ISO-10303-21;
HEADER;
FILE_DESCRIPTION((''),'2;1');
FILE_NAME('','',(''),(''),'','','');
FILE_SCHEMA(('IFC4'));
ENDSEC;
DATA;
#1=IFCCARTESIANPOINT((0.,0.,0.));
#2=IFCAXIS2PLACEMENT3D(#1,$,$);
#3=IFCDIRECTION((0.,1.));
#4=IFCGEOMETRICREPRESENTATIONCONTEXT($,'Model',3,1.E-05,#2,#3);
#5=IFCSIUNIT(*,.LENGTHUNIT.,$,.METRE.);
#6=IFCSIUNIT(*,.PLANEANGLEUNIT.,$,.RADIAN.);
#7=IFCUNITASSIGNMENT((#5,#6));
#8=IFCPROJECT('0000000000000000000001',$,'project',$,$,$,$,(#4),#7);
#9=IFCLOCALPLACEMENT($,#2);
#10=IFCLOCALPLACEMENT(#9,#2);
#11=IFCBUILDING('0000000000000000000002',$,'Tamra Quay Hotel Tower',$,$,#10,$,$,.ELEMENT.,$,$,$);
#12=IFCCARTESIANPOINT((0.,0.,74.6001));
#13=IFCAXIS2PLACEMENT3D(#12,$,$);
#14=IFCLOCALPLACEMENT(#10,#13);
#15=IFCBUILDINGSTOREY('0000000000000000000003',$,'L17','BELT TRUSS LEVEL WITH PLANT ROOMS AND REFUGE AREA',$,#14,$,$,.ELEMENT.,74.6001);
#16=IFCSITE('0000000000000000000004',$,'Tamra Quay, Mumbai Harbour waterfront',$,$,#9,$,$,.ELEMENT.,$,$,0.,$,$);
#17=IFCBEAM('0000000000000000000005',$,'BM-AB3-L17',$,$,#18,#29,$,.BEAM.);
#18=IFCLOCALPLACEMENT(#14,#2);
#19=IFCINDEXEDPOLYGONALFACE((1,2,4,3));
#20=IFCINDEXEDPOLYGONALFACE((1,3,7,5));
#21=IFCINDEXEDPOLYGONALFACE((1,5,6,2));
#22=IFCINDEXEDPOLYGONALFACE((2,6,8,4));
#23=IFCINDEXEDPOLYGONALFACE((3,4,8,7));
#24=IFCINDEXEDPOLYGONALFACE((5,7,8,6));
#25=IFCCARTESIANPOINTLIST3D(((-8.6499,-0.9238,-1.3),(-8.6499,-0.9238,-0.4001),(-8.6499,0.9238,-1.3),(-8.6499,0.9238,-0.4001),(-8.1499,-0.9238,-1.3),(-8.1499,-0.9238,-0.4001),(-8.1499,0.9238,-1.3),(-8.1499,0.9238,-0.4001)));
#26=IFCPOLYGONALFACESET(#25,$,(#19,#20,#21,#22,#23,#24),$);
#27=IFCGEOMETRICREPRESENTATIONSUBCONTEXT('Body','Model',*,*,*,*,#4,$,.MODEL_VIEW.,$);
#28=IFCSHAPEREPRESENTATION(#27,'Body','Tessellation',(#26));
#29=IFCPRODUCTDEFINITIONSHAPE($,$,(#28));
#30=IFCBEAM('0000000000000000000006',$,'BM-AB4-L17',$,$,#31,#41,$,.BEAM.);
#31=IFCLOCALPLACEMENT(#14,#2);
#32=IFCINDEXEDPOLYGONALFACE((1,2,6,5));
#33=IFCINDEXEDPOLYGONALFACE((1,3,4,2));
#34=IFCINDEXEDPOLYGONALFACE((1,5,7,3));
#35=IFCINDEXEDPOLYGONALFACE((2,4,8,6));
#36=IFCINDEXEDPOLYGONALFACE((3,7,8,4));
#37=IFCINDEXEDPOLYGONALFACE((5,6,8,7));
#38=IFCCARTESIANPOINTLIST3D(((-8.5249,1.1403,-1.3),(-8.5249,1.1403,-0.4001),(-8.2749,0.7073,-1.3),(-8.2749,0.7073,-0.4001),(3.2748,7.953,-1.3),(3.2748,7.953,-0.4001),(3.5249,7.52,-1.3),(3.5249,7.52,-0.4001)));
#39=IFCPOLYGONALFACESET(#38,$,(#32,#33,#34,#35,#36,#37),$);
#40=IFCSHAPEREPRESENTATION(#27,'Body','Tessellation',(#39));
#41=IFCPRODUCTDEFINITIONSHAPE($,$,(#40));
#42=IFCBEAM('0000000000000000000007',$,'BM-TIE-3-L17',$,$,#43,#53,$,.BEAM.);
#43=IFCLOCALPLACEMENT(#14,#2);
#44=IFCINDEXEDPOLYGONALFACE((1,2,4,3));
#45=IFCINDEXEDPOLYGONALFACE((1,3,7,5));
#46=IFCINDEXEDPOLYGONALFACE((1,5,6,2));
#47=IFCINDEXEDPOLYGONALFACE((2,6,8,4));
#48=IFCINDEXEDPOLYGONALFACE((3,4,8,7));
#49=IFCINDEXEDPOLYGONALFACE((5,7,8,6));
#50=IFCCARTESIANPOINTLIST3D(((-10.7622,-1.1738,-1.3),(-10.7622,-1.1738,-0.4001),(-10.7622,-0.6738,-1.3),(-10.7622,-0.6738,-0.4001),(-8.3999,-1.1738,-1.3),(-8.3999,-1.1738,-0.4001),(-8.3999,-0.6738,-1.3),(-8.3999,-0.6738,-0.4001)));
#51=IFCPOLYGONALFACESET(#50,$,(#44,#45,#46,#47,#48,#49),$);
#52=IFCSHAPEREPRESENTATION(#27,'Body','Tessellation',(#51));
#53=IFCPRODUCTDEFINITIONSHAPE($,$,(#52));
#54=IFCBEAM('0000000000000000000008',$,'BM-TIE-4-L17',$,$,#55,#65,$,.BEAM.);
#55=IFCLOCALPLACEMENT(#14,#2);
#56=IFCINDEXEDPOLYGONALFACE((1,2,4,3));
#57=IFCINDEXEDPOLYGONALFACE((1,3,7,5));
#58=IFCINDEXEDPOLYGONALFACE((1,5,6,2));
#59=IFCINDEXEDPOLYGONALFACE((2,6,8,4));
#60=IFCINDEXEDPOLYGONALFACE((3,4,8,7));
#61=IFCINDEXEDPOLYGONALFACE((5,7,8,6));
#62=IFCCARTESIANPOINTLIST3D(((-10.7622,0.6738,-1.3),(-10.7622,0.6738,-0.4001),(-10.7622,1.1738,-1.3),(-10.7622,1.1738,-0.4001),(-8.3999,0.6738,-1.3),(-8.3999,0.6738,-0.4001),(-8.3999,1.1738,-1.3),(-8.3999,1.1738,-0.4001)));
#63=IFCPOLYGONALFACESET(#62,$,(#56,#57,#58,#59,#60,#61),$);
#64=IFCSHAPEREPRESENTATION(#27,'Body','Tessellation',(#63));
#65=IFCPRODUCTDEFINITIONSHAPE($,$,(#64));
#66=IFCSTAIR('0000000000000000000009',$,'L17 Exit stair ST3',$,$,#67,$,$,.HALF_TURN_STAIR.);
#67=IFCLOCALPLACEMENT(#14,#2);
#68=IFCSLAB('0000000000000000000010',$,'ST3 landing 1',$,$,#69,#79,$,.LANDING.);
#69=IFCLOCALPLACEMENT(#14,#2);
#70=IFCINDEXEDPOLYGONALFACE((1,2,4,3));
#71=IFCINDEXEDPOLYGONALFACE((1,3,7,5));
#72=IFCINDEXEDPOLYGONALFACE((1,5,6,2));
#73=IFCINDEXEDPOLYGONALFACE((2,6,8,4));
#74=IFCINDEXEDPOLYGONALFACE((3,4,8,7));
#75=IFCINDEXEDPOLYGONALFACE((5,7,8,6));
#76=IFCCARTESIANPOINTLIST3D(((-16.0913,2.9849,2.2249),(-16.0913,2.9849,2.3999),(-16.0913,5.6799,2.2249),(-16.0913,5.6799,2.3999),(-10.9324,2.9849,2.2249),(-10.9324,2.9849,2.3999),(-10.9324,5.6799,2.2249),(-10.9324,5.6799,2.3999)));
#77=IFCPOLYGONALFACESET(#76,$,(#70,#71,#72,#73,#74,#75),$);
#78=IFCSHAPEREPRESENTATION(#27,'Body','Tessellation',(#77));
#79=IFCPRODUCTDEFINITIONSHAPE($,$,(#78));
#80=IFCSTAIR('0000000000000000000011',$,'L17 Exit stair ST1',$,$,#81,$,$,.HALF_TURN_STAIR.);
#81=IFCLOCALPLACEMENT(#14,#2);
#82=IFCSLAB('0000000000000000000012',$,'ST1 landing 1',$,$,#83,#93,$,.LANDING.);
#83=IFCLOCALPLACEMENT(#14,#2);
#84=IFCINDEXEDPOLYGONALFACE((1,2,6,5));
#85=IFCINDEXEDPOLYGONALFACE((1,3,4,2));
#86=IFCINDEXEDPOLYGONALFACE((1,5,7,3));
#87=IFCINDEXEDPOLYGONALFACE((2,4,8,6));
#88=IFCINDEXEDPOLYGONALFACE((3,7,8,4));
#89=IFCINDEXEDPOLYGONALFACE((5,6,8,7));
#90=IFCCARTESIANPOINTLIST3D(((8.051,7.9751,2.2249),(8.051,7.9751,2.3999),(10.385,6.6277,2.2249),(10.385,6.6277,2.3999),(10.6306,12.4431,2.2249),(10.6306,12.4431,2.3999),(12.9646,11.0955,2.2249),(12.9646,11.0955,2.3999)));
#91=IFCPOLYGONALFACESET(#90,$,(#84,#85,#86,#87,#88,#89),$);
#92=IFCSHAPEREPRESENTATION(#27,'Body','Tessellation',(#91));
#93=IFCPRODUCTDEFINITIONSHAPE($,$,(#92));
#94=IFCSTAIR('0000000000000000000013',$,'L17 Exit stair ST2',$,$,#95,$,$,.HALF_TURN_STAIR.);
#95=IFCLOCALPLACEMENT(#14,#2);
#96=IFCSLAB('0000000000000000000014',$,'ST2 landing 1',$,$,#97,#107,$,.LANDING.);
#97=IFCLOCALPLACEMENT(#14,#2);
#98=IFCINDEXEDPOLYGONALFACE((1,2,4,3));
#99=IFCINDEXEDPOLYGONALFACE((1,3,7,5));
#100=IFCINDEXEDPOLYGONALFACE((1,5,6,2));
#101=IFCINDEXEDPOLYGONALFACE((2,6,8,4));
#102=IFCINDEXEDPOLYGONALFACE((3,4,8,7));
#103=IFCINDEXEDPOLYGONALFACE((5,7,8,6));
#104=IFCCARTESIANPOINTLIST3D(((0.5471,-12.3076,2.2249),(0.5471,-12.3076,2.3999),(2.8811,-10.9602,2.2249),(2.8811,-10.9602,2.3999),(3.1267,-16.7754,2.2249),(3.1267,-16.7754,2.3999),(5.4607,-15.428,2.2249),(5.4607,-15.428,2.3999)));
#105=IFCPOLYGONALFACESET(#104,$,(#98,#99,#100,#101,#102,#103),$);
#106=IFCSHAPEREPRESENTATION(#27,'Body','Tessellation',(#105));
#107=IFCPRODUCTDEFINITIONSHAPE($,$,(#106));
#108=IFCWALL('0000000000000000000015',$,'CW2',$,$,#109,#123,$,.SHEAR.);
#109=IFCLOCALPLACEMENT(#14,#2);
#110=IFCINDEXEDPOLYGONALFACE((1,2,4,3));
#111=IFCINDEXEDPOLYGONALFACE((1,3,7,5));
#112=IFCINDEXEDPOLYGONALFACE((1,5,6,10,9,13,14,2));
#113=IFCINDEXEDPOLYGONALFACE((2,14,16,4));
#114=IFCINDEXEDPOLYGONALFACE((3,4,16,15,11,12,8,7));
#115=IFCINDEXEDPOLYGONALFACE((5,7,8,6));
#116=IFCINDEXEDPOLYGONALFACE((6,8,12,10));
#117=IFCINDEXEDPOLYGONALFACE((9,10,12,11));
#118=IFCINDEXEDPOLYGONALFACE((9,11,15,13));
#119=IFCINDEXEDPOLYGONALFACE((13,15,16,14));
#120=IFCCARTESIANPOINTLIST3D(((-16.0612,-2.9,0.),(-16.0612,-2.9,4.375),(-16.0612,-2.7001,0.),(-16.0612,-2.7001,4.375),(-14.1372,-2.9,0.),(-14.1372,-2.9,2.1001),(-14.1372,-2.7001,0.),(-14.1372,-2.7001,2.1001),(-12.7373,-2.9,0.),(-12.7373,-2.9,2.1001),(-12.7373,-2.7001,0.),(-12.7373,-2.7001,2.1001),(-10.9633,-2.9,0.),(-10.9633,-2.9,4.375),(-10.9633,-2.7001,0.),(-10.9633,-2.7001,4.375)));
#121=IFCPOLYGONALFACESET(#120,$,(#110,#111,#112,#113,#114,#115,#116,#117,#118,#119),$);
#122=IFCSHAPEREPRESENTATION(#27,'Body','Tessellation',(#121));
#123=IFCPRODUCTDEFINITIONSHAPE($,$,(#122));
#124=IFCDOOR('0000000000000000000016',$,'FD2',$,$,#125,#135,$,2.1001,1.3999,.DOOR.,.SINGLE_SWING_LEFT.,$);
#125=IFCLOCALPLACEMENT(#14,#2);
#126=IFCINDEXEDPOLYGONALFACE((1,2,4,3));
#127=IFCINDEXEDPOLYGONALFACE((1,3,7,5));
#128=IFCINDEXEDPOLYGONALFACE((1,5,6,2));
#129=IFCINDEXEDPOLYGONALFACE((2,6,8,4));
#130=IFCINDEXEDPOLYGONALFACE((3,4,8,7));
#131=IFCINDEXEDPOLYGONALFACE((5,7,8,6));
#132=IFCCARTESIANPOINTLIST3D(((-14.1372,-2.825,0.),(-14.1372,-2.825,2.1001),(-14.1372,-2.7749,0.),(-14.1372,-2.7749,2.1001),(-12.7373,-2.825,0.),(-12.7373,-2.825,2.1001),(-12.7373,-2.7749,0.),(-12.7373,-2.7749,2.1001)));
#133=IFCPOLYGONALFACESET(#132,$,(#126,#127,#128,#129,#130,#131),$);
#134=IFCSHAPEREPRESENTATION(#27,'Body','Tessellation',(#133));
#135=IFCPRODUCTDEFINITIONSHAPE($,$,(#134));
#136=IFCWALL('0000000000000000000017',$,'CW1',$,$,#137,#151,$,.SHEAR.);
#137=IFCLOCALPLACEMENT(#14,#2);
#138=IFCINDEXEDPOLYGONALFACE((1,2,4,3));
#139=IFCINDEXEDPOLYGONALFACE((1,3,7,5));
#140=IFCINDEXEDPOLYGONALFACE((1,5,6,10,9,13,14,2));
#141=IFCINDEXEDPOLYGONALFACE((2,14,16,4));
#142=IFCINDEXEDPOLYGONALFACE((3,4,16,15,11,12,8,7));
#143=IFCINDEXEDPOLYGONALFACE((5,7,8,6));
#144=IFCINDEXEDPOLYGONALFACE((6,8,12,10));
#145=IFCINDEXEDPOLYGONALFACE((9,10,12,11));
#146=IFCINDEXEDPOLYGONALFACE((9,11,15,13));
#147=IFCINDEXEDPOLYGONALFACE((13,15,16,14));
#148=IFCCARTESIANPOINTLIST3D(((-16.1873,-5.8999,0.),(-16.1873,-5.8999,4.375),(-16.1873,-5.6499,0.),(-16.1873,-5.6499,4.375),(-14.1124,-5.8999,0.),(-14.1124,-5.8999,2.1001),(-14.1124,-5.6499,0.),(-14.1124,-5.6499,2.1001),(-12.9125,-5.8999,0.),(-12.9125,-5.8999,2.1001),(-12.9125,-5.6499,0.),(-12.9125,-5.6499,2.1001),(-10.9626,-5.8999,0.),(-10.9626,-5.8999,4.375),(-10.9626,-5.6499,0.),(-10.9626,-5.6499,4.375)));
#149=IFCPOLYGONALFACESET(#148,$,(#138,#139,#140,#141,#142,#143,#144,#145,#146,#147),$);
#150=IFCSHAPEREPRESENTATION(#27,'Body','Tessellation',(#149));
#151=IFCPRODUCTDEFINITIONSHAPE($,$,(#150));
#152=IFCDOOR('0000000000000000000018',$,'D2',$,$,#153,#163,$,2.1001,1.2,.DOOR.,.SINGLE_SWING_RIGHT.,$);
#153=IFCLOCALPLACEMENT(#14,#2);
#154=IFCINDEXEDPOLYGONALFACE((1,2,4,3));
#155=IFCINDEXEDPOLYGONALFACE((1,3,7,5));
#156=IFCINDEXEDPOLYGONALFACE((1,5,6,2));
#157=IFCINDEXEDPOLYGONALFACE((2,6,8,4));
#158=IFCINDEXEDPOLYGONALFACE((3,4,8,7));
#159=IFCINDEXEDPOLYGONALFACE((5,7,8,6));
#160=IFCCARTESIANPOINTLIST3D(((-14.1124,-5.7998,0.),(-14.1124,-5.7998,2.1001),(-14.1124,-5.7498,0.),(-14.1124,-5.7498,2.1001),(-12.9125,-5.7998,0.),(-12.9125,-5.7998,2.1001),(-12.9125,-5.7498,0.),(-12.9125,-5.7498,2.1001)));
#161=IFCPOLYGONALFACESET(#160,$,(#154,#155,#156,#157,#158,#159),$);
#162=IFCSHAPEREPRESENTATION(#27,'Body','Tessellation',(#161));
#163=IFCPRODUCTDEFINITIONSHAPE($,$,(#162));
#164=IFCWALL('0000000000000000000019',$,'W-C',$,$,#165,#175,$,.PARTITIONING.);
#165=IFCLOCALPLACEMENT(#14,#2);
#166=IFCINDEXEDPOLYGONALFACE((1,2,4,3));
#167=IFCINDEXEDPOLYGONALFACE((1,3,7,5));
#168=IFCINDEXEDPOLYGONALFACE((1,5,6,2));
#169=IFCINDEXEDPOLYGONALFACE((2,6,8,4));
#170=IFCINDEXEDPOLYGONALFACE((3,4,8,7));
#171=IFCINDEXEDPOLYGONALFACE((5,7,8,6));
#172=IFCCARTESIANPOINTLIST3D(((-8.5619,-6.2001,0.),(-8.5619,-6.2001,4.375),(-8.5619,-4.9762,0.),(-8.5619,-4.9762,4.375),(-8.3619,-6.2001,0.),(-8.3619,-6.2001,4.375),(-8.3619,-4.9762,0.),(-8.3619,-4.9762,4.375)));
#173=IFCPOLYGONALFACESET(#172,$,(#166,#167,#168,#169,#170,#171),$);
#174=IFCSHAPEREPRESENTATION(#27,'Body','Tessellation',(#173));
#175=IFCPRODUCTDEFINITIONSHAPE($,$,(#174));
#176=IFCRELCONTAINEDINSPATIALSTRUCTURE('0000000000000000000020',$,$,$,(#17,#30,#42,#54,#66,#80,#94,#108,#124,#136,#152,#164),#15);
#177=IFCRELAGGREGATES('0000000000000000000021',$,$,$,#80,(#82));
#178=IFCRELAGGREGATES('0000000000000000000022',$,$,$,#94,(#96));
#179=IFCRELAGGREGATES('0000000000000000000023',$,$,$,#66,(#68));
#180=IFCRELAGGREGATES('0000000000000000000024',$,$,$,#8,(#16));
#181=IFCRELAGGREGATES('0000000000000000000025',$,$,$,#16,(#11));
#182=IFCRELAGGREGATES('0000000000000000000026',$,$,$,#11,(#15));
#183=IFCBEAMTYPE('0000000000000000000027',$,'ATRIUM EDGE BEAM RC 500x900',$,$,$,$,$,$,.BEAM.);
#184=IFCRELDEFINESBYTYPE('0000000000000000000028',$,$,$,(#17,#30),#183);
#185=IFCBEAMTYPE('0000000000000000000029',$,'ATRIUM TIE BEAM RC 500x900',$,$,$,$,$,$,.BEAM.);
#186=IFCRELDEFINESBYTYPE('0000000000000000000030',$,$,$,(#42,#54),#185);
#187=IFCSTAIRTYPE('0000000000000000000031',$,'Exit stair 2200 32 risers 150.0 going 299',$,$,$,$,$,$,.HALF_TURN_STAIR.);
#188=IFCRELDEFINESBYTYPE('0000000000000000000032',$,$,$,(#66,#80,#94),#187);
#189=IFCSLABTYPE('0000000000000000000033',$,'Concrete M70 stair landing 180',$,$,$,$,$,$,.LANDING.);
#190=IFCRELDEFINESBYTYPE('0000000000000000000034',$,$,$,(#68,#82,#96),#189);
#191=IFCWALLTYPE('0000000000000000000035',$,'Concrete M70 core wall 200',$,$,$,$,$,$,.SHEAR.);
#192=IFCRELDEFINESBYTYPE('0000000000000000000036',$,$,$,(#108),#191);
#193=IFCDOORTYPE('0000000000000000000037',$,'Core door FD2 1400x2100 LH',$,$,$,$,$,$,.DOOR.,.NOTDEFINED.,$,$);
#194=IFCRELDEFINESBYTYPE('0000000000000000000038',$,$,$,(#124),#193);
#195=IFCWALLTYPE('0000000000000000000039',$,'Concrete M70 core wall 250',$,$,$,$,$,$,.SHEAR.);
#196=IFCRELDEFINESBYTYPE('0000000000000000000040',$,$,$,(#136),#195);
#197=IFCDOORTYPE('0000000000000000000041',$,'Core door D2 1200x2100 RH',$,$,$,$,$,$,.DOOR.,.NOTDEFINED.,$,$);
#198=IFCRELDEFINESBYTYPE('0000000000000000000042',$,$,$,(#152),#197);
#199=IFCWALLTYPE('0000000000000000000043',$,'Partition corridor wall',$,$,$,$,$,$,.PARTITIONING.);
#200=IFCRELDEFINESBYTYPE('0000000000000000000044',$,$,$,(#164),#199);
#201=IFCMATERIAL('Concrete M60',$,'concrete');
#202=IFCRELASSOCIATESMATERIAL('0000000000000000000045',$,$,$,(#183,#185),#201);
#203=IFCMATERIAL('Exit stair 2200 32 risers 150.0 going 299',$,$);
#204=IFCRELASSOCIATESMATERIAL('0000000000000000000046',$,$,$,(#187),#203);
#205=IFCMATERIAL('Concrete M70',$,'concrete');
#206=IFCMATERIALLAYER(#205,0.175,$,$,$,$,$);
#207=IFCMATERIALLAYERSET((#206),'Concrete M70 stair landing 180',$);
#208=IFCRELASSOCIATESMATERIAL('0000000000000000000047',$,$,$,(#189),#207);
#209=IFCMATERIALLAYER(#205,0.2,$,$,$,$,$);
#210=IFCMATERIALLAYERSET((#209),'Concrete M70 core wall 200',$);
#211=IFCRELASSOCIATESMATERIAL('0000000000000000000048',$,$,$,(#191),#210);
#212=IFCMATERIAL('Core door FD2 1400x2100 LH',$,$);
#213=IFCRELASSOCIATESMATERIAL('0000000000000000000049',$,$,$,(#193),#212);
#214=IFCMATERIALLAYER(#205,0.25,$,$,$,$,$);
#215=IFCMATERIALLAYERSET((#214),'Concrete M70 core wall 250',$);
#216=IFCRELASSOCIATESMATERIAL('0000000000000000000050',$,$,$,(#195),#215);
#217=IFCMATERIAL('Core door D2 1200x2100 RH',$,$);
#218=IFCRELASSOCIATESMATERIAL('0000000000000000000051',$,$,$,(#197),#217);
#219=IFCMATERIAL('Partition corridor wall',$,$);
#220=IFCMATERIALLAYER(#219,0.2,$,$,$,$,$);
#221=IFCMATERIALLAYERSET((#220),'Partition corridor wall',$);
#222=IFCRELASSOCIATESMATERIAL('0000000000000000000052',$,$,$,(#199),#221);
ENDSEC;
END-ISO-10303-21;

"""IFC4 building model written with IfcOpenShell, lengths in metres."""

from ifc_helpers import new_model, si_unit, direction, frame, frame_2d, origin, origin_2d, place, context, subcontext, project, spatial, polyline, rectangle, outline, extrude, material, layer, layer_set, material_profile, profile_set, type_object, element, fill, aggregate, save


model = new_model("IFC4")

# Units and contexts
model_context = context("Model", 3, precision=1e-05, world=origin(), true_north=direction((0.0, 1.0)))
body_context = subcontext(model_context, "Body", "Model", "MODEL_VIEW")
ifc_project = project(units=[si_unit("LENGTHUNIT", "METRE"), si_unit("PLANEANGLEUNIT", "RADIAN")], contexts=[model_context])

# Site, building, storey
site_placement = place(None, origin())
site = spatial("IfcSite", under=ifc_project, at=site_placement, Name="Tamra Quay, Mumbai Harbour waterfront", CompositionType="ELEMENT", RefElevation=0.0)
building_placement = place(site_placement, origin())
building = spatial("IfcBuilding", under=site, at=building_placement, Name="Tamra Quay Hotel Tower", CompositionType="ELEMENT")
storey_placement = place(building_placement, frame((0.0, 0.0, 74.6001)))
storey = spatial("IfcBuildingStorey", under=building, at=storey_placement, Name="L17", Description="BELT TRUSS LEVEL WITH PLANT ROOMS AND REFUGE AREA", CompositionType="ELEMENT", Elevation=74.6001)

# Beams
ifc_material_1 = material(Name="Concrete M60", Category="concrete")
ifc_material_profile_1 = material_profile(ifc_material_1, rectangle(XDim=0.5, YDim=0.8999, at=origin_2d()), Name="ATRIUM EDGE BEAM RC 500x900")
ifc_profile_set_1 = profile_set([ifc_material_profile_1], Name="Concrete M60")
beam_type_1 = type_object("IfcBeamType", Name="ATRIUM EDGE BEAM RC 500x900", PredefinedType="BEAM", material=ifc_profile_set_1)
beam_1_placement = place(storey_placement, frame((-8.3999, -0.9238, -0.8501), z_axis=(0.0, 1.0, 0.0), x_axis=(-1.0, 0.0, 0.0)))
element("IfcBeam", 1, at=beam_1_placement, inside=storey, type_object=beam_type_1, Name="BM-AB3-L17", PredefinedType="BEAM", context=body_context, shape_type="SweptSolid", body=[
    extrude(rectangle(XDim=0.5, YDim=0.8999, at=origin_2d()), origin(), (0.0, 0.0, 1.0), 1.8477),
])
beam_2_placement = place(storey_placement, frame((-8.3999, 0.9238, -0.8501), z_axis=(0.866021, 0.500007, 0.0), x_axis=(-0.500007, 0.866021, 0.0)))
element("IfcBeam", 2, at=beam_2_placement, inside=storey, type_object=beam_type_1, Name="BM-AB4-L17", PredefinedType="BEAM", context=body_context, shape_type="SweptSolid", body=[
    extrude(rectangle(XDim=0.5, YDim=0.8999, at=origin_2d()), origin(), (0.0, 0.0, 1.0), 13.6252),
])
ifc_material_profile_2 = material_profile(ifc_material_1, rectangle(XDim=0.5, YDim=0.8999, at=origin_2d()), Name="ATRIUM TIE BEAM RC 500x900")
ifc_profile_set_2 = profile_set([ifc_material_profile_2], Name="Concrete M60")
beam_type_2 = type_object("IfcBeamType", Name="ATRIUM TIE BEAM RC 500x900", PredefinedType="BEAM", material=ifc_profile_set_2)
for number, where, z_axis, x_axis, name in (
    (3, (-8.3999, -0.9238, -0.8501), (-1.0, 0.0, 0.0), (0.0, -1.0, 0.0), "BM-TIE-3-L17"),
    (4, (-8.3999, 0.9238, -0.8501), (-1.0, 0.0, 0.0), (0.0, -1.0, 0.0), "BM-TIE-4-L17"),
):
    element("IfcBeam", number, at=place(storey_placement, frame(where, z_axis=z_axis, x_axis=x_axis)), inside=storey, type_object=beam_type_2, Name=name, PredefinedType="BEAM", context=body_context, shape_type="SweptSolid", body=[
        extrude(rectangle(XDim=0.5, YDim=0.8999, at=origin_2d()), origin(), (0.0, 0.0, 1.0), 2.3623),
    ])

# Stairs, slabs
ifc_material_2 = material(Name="Exit stair 2200 32 risers 150.0 going 299")
stair_type = type_object("IfcStairType", Name="Exit stair 2200 32 risers 150.0 going 299", PredefinedType="HALF_TURN_STAIR", material=ifc_material_2)
stair_1_placement = place(storey_placement, origin())
stair_1 = element("IfcStair", 5, at=stair_1_placement, inside=storey, type_object=stair_type, Name="L17 Exit stair ST3", PredefinedType="HALF_TURN_STAIR")
ifc_material_3 = material(Name="Concrete M70", Category="concrete")
ifc_layer_1 = layer(ifc_material_3, 0.175)
ifc_layer_set_1 = layer_set([ifc_layer_1], Name="Concrete M70 stair landing 180")
slab_type_1 = type_object("IfcSlabType", Name="Concrete M70 stair landing 180", PredefinedType="LANDING", material=ifc_layer_set_1)
slab_1_placement = place(storey_placement, frame((0.0, 0.0, 2.2249)))
slab_1 = element("IfcSlab", 6, at=slab_1_placement, type_object=slab_type_1, Name="ST3 landing 1", PredefinedType="LANDING", context=body_context, shape_type="SweptSolid", body=[
    extrude(outline(polyline([(-10.9324, 2.9849), (-10.9324, 5.6799), (-16.0913, 5.6799), (-16.0913, 2.9849), (-10.9324, 2.9849)])), origin(), (0.0, 0.0, 1.0), 0.175),
])
stair_2_placement = place(storey_placement, origin())
stair_2 = element("IfcStair", 7, at=stair_2_placement, inside=storey, type_object=stair_type, Name="L17 Exit stair ST1", PredefinedType="HALF_TURN_STAIR")
slab_2_placement = place(storey_placement, frame((0.0, 0.0, 2.2249)))
slab_2 = element("IfcSlab", 8, at=slab_2_placement, type_object=slab_type_1, Name="ST1 landing 1", PredefinedType="LANDING", context=body_context, shape_type="SweptSolid", body=[
    extrude(outline(polyline([(8.051, 7.9751), (10.385, 6.6277), (12.9646, 11.0955), (10.6306, 12.4431), (8.051, 7.9751)])), origin(), (0.0, 0.0, 1.0), 0.175),
])
aggregate(stair_2, [slab_2])
stair_3_placement = place(storey_placement, origin())
stair_3 = element("IfcStair", 9, at=stair_3_placement, inside=storey, type_object=stair_type, Name="L17 Exit stair ST2", PredefinedType="HALF_TURN_STAIR")
slab_3_placement = place(storey_placement, frame((0.0, 0.0, 2.2249)))
slab_3 = element("IfcSlab", 10, at=slab_3_placement, type_object=slab_type_1, Name="ST2 landing 1", PredefinedType="LANDING", context=body_context, shape_type="SweptSolid", body=[
    extrude(outline(polyline([(2.8811, -10.9602), (0.5471, -12.3076), (3.1267, -16.7754), (5.4607, -15.428), (2.8811, -10.9602)])), origin(), (0.0, 0.0, 1.0), 0.175),
])
aggregate(stair_3, [slab_3])

# Walls, openings, doors
ifc_layer_2 = layer(ifc_material_3, 0.2)
ifc_layer_set_2 = layer_set([ifc_layer_2], Name="Concrete M70 core wall 200")
wall_type_1 = type_object("IfcWallType", Name="Concrete M70 core wall 200", PredefinedType="SHEAR", material=ifc_layer_set_2)
wall_1_placement = place(storey_placement, frame((-10.9634, -2.8, 0.0), z_axis=(0.0, 0.0, 1.0), x_axis=(-1.0, 0.0, 0.0)))
wall_1 = element("IfcWall", 11, at=wall_1_placement, inside=storey, type_object=wall_type_1, Name="CW2", PredefinedType="SHEAR", context=body_context, shape_type="SweptSolid", body=[
    extrude(rectangle(XDim=5.0979, YDim=0.2, at=frame_2d((2.5488, 0.0))), origin(), (0.0, 0.0, 1.0), 4.375),
])
opening_1_placement = place(wall_1_placement, frame((1.7739, 0.0, 0.0)))
opening_1 = element("IfcOpeningElement", 12, at=opening_1_placement, cuts=wall_1, PredefinedType="OPENING", context=body_context, shape_type="SweptSolid", body=[
    extrude(rectangle(XDim=1.3999, YDim=2.1001, at=frame_2d((0.7, 1.05))), frame((0.0, 0.1099, 0.0), z_axis=(0.0, -1.0, 0.0), x_axis=(1.0, 0.0, 0.0)), (0.0, 0.0, 1.0), 0.22),
])
ifc_material_4 = material(Name="Core door FD2 1400x2100 LH")
door_type_1 = type_object("IfcDoorType", Name="Core door FD2 1400x2100 LH", OperationType="NOTDEFINED", PredefinedType="DOOR", material=ifc_material_4)
door_1_placement = place(opening_1_placement, origin())
door_1 = element("IfcDoor", 13, at=door_1_placement, inside=storey, type_object=door_type_1, Name="FD2", OperationType="SINGLE_SWING_LEFT", OverallHeight=2.1001, OverallWidth=1.3999, PredefinedType="DOOR", context=body_context, shape_type="SweptSolid", body=[
    extrude(rectangle(XDim=1.3999, YDim=2.1001, at=frame_2d((0.7, 1.05))), frame((0.0, 0.0249, 0.0), z_axis=(0.0, -1.0, 0.0), x_axis=(1.0, 0.0, 0.0)), (0.0, 0.0, 1.0), 0.05),
])
fill(opening_1, door_1)
ifc_layer_3 = layer(ifc_material_3, 0.25)
ifc_layer_set_3 = layer_set([ifc_layer_3], Name="Concrete M70 core wall 250")
wall_type_2 = type_object("IfcWallType", Name="Concrete M70 core wall 250", PredefinedType="SHEAR", material=ifc_layer_set_3)
wall_2_placement = place(storey_placement, frame((-10.9626, -5.7749, 0.0), z_axis=(0.0, 0.0, 1.0), x_axis=(-1.0, 0.0, 0.0)))
wall_2 = element("IfcWall", 14, at=wall_2_placement, inside=storey, type_object=wall_type_2, Name="CW1", PredefinedType="SHEAR", context=body_context, shape_type="SweptSolid", body=[
    extrude(rectangle(XDim=5.2246, YDim=0.25, at=frame_2d((2.6123, 0.0))), origin(), (0.0, 0.0, 1.0), 4.375),
])
opening_2_placement = place(wall_2_placement, frame((1.9497, 0.0, 0.0)))
opening_2 = element("IfcOpeningElement", 15, at=opening_2_placement, cuts=wall_2, PredefinedType="OPENING", context=body_context, shape_type="SweptSolid", body=[
    extrude(rectangle(XDim=1.2, YDim=2.1001, at=frame_2d((0.6001, 1.05))), frame((0.0, 0.135, 0.0), z_axis=(0.0, -1.0, 0.0), x_axis=(1.0, 0.0, 0.0)), (0.0, 0.0, 1.0), 0.27),
])
ifc_material_5 = material(Name="Core door D2 1200x2100 RH")
door_type_2 = type_object("IfcDoorType", Name="Core door D2 1200x2100 RH", OperationType="NOTDEFINED", PredefinedType="DOOR", material=ifc_material_5)
door_2_placement = place(opening_2_placement, origin())
door_2 = element("IfcDoor", 16, at=door_2_placement, inside=storey, type_object=door_type_2, Name="D2", OperationType="SINGLE_SWING_RIGHT", OverallHeight=2.1001, OverallWidth=1.2, PredefinedType="DOOR", context=body_context, shape_type="SweptSolid", body=[
    extrude(rectangle(XDim=1.2, YDim=2.1001, at=frame_2d((0.6001, 1.05))), frame((0.0, 0.0249, 0.0), z_axis=(0.0, -1.0, 0.0), x_axis=(1.0, 0.0, 0.0)), (0.0, 0.0, 1.0), 0.05),
])
fill(opening_2, door_2)

# Wall
ifc_material_6 = material(Name="Partition corridor wall")
ifc_layer_4 = layer(ifc_material_6, 0.2)
ifc_layer_set_4 = layer_set([ifc_layer_4], Name="Partition corridor wall")
wall_type_3 = type_object("IfcWallType", Name="Partition corridor wall", PredefinedType="PARTITIONING", material=ifc_layer_set_4)
wall_3_placement = place(storey_placement, frame((-8.4619, -6.2, 0.0), z_axis=(0.0, 0.0, 1.0), x_axis=(0.0, 1.0, 0.0)))
element("IfcWall", 17, at=wall_3_placement, inside=storey, type_object=wall_type_3, Name="W-C", PredefinedType="PARTITIONING", context=body_context, shape_type="SweptSolid", body=[
    extrude(rectangle(XDim=1.2239, YDim=0.2, at=frame_2d((0.6118, 0.0))), origin(), (0.0, 0.0, 1.0), 4.375),
])

aggregate(stair_1, [slab_1])

save(model, "model.ifc")
